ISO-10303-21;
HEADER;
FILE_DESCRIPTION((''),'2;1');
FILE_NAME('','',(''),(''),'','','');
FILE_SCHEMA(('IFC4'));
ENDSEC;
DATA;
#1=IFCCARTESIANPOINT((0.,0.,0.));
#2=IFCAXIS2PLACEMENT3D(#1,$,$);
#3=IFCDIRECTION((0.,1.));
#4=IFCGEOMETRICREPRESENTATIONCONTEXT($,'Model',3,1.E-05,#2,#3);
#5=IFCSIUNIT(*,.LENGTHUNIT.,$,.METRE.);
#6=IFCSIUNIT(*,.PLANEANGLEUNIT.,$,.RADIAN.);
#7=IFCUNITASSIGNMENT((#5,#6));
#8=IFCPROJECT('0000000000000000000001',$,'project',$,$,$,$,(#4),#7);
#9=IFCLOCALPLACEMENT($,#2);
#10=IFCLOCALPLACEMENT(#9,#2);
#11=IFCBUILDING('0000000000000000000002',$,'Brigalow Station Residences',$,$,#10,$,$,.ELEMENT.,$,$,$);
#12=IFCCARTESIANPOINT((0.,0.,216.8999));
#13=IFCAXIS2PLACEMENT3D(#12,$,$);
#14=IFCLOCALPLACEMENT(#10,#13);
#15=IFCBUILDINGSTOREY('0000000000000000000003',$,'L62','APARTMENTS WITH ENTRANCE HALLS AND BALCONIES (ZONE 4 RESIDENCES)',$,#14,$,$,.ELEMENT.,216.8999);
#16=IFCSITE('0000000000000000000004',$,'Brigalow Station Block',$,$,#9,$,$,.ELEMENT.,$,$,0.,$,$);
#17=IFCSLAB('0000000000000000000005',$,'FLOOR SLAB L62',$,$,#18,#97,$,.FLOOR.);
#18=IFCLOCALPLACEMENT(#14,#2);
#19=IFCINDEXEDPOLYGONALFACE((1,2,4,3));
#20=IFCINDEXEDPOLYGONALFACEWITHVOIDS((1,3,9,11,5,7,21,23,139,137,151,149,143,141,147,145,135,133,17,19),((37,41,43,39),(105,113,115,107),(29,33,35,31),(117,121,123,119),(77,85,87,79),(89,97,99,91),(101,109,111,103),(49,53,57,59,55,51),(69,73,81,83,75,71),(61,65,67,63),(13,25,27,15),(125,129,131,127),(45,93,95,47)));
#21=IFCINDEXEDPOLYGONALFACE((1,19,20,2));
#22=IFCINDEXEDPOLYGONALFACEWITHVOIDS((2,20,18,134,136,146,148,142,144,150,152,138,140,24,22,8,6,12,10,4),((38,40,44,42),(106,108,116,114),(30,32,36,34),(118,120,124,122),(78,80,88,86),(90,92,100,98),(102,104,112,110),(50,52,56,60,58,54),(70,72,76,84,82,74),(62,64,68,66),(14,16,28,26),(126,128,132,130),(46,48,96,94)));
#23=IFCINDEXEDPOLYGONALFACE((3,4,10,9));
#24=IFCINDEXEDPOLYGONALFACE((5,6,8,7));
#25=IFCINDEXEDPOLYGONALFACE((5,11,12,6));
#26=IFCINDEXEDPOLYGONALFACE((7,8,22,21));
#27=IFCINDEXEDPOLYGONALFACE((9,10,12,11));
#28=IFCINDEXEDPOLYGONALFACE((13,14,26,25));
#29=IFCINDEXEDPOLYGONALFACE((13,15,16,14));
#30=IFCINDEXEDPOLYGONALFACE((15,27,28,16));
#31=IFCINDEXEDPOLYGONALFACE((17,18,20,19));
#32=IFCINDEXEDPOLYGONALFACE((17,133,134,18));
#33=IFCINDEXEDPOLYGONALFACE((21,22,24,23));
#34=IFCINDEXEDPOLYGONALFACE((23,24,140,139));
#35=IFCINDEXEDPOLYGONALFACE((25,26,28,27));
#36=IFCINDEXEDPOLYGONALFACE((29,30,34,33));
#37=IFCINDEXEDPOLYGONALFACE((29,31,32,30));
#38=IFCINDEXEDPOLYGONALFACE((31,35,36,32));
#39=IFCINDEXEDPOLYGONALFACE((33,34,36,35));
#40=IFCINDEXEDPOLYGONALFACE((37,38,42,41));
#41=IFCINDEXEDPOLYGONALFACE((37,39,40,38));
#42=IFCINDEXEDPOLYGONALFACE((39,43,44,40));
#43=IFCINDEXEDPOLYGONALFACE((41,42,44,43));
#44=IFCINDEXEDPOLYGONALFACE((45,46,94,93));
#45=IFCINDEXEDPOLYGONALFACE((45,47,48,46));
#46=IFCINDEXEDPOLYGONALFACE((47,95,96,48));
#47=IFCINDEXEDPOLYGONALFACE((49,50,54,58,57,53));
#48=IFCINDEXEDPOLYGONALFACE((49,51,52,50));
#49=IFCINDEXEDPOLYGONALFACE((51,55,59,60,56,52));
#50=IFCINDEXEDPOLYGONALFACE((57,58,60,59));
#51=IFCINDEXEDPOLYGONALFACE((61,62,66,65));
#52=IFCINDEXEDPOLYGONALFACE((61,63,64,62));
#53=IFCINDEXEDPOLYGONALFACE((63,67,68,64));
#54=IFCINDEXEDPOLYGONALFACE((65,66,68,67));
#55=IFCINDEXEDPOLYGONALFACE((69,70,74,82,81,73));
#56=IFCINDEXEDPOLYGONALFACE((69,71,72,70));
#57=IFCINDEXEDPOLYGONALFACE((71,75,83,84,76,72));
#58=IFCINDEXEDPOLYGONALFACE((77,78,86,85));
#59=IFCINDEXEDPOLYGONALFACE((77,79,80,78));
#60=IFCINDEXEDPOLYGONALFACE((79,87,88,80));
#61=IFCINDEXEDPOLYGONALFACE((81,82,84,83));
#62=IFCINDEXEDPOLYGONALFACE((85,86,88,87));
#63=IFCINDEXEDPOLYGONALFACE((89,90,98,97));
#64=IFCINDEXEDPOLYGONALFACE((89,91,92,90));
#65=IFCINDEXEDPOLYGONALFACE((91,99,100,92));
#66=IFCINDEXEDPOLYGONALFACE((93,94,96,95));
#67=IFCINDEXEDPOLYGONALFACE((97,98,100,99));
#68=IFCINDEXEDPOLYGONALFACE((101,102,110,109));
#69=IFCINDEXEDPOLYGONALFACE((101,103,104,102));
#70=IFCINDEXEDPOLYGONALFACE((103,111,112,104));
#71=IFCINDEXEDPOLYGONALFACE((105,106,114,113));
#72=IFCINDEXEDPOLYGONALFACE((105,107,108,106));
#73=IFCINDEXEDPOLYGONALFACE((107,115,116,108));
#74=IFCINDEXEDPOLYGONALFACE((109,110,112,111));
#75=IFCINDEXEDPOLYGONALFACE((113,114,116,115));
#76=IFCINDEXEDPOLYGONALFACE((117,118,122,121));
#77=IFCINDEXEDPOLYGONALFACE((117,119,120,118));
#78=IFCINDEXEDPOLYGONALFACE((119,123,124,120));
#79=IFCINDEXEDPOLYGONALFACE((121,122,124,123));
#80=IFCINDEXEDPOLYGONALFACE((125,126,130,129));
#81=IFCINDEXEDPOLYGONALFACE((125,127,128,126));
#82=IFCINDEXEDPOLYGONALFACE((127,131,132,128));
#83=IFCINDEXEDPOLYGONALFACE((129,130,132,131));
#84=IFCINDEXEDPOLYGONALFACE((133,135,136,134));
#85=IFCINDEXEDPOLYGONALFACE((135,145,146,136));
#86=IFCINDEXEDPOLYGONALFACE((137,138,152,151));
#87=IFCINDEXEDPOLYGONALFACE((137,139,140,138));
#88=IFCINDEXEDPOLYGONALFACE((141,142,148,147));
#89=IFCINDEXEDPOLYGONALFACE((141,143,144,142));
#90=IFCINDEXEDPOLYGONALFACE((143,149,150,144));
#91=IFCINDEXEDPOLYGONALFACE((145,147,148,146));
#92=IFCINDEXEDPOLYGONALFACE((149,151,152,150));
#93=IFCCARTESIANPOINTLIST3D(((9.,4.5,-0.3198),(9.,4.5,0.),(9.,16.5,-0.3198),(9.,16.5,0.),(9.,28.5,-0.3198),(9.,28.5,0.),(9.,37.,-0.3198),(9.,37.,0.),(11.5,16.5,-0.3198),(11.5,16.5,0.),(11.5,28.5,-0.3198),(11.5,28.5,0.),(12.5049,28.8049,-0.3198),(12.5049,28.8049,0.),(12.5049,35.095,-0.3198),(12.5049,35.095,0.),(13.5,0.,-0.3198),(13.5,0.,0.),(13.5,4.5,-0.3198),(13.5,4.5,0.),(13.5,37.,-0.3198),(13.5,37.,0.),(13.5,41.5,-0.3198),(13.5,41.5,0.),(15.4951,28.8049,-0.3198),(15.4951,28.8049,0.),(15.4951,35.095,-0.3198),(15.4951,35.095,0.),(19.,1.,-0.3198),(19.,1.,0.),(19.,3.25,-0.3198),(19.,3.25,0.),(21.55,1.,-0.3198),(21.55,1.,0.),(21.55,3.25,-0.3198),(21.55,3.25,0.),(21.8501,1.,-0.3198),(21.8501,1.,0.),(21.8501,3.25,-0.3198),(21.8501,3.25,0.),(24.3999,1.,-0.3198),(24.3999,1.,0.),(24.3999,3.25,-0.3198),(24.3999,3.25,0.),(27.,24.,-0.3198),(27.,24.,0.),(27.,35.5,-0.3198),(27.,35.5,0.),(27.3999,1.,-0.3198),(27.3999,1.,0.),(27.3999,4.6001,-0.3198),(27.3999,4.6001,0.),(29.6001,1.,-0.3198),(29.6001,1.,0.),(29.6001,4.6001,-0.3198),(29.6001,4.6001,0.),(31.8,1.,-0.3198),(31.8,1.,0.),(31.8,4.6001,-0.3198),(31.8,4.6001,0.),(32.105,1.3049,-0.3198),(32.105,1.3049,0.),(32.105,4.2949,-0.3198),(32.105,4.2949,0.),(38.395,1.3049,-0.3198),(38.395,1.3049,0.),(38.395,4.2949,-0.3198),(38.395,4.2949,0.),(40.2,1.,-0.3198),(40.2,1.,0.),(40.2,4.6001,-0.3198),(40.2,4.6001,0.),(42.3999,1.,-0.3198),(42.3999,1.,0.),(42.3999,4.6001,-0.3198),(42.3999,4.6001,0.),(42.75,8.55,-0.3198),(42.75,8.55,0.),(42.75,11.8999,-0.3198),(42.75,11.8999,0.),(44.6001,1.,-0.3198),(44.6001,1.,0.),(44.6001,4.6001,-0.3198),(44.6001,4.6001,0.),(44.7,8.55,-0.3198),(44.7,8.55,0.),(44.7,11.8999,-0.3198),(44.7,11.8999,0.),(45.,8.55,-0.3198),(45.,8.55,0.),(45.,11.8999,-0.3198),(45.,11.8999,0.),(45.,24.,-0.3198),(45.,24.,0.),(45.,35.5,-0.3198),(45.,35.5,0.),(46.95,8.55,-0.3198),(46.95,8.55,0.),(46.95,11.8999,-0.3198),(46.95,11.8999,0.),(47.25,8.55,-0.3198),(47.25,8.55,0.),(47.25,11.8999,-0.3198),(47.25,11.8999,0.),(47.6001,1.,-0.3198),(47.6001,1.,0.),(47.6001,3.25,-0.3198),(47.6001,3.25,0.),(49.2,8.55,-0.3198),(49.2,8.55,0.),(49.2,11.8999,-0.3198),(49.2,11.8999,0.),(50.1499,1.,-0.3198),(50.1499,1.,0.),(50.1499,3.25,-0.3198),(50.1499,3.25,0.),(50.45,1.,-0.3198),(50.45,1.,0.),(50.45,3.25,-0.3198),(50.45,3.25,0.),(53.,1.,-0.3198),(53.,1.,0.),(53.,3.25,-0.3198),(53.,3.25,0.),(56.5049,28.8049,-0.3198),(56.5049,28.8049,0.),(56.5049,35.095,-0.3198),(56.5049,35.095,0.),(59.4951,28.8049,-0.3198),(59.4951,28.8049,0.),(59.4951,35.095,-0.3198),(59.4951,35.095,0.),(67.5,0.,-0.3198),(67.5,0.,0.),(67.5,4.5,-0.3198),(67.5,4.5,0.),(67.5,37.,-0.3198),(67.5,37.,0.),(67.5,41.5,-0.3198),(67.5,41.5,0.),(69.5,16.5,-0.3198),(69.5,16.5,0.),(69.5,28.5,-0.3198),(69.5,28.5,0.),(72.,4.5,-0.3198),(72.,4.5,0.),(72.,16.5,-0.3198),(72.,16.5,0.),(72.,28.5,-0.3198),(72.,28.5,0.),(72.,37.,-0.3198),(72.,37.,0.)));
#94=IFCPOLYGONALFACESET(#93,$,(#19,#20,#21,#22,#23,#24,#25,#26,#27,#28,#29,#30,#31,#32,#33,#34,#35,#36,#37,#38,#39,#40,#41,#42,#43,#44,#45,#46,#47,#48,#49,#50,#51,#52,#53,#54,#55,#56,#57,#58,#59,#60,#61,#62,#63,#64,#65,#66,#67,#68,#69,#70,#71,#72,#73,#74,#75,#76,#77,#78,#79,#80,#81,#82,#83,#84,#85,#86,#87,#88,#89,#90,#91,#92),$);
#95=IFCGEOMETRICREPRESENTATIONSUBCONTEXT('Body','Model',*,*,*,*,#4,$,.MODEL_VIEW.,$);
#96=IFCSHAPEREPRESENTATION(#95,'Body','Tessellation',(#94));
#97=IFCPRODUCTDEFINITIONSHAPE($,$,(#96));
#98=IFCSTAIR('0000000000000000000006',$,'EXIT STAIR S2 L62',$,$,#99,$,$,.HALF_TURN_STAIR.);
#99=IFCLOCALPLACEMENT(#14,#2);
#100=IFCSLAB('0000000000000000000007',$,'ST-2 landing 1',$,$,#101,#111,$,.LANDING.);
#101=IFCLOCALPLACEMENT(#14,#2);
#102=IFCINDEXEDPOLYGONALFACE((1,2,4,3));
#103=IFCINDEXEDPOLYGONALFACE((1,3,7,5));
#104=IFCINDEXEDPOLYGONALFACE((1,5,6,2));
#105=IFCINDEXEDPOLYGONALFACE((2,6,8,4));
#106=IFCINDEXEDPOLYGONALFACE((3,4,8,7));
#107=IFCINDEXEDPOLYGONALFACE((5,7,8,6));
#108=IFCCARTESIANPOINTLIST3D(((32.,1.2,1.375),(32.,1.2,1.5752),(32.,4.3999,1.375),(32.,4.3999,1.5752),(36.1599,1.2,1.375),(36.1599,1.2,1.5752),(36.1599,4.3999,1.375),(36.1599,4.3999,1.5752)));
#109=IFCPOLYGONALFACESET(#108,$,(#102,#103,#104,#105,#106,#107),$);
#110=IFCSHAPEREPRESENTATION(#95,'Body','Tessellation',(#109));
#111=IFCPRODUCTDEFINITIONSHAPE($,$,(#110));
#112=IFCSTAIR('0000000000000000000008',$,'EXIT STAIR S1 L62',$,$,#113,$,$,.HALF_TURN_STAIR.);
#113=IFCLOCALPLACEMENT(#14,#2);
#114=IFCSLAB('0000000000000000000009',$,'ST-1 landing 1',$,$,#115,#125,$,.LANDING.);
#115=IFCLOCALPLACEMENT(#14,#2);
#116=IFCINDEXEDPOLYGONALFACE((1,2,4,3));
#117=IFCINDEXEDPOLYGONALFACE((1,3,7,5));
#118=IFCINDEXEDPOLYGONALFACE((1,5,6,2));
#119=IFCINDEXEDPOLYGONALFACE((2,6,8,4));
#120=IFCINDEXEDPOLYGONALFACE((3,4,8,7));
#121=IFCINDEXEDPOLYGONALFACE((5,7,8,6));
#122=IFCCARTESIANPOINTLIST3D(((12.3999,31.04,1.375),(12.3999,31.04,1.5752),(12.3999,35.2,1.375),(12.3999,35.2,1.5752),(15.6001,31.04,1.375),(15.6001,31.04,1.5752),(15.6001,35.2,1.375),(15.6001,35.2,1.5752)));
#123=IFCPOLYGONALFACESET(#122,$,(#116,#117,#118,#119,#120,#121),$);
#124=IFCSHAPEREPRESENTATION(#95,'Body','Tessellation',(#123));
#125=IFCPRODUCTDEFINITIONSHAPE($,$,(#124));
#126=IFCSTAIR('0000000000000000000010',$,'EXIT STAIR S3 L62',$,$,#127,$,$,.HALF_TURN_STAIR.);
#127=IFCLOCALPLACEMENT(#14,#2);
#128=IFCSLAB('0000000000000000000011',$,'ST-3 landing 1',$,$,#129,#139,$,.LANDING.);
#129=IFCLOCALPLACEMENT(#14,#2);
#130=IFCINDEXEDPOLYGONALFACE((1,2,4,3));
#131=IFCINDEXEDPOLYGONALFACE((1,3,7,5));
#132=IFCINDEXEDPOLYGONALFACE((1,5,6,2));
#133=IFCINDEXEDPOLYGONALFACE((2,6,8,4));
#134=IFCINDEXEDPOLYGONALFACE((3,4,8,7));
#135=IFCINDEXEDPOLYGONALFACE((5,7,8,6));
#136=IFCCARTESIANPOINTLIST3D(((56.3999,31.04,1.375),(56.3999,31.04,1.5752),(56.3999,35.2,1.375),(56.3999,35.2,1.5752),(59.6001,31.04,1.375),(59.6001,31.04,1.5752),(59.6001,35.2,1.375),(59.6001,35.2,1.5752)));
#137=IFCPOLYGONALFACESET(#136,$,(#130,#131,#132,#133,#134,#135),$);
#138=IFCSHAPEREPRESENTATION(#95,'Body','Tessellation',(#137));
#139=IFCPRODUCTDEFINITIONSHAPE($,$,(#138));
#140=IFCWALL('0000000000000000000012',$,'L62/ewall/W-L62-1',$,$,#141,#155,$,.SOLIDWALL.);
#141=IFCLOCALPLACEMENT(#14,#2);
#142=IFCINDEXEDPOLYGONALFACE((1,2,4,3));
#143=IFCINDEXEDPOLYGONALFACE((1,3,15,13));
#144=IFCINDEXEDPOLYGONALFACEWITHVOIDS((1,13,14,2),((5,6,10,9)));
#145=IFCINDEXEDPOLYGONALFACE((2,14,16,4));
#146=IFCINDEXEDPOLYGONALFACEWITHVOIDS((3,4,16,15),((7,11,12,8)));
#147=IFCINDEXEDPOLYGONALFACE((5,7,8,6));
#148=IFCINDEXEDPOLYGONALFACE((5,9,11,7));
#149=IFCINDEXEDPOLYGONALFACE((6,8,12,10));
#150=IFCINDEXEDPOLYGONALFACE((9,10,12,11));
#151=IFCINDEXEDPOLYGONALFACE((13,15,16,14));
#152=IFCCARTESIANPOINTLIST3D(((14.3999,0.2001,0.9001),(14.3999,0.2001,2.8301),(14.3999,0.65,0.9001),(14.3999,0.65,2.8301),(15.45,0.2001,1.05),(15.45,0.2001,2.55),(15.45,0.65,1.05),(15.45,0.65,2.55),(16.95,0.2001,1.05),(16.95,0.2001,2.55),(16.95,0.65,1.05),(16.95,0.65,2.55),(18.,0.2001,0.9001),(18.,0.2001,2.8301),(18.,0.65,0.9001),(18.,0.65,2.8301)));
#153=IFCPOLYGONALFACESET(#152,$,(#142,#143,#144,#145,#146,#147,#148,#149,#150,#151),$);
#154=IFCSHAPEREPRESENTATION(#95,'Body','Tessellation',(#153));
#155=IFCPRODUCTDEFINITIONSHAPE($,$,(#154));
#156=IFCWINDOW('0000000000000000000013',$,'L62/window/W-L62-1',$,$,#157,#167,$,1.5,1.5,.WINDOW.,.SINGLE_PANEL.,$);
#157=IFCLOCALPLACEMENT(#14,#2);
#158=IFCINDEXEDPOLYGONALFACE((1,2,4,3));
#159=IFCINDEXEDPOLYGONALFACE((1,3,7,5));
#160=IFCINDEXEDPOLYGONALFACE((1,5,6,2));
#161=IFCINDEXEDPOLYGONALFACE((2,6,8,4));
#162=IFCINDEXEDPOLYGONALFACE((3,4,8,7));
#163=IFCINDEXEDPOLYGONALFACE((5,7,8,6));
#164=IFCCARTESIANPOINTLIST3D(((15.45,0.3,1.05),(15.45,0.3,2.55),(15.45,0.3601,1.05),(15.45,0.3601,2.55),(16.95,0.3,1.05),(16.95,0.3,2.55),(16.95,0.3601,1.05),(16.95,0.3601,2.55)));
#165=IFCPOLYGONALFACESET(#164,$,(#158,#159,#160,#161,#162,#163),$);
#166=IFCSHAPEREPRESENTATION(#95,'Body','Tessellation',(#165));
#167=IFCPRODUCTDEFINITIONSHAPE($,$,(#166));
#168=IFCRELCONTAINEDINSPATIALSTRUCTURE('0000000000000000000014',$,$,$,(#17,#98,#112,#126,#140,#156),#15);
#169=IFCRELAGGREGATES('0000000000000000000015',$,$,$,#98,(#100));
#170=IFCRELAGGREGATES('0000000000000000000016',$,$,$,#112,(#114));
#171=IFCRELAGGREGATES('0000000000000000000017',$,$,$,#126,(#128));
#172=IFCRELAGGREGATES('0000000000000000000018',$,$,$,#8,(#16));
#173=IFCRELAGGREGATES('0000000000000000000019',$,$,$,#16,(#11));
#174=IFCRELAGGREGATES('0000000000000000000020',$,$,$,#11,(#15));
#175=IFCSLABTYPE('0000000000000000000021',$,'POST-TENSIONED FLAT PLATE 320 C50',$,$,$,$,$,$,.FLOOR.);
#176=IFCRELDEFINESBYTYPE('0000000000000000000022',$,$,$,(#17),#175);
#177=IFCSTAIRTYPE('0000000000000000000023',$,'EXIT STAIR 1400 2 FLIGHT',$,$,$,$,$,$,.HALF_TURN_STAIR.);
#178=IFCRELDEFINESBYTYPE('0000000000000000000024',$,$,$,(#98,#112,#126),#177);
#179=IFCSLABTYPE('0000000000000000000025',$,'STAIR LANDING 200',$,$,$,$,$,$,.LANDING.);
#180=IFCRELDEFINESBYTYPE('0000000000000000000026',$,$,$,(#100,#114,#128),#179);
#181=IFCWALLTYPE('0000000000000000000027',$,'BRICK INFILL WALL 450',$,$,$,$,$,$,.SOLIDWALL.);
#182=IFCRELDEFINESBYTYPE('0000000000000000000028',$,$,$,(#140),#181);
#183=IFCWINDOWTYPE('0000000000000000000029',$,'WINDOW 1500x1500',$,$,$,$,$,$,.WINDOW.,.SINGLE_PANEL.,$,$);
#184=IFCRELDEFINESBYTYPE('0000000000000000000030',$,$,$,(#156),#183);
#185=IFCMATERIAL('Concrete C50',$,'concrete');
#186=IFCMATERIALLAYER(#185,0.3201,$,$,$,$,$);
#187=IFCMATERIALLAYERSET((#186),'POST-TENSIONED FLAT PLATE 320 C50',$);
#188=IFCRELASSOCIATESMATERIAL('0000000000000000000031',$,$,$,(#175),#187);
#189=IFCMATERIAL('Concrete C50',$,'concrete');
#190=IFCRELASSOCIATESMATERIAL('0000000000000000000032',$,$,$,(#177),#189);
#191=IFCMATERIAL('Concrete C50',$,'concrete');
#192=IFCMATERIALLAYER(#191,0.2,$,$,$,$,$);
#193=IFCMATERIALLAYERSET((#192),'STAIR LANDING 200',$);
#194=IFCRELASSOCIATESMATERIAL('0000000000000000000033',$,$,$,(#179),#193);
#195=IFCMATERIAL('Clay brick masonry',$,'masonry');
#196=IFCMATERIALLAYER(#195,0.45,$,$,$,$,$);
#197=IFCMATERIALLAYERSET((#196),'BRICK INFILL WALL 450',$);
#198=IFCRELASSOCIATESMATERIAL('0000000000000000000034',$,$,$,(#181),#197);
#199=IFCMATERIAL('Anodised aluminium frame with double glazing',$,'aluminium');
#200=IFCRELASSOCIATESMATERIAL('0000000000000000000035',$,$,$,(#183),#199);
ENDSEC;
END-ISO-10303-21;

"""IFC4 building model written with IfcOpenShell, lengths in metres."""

from ifc_helpers import new_model, si_unit, direction, frame, frame_2d, origin, place, context, subcontext, project, spatial, polyline, rectangle, outline, extrude, material, layer, layer_set, type_object, element, fill, aggregate, save


model = new_model("IFC4")

# Units and contexts
model_context = context("Model", 3, precision=1e-05, world=origin(), true_north=direction((0.0, 1.0)))
body_context = subcontext(model_context, "Body", "Model", "MODEL_VIEW")
ifc_project = project(units=[si_unit("LENGTHUNIT", "METRE"), si_unit("PLANEANGLEUNIT", "RADIAN")], contexts=[model_context])

# Site, building, storey
site_placement = place(None, origin())
site = spatial("IfcSite", under=ifc_project, at=site_placement, Name="Brigalow Station Block", CompositionType="ELEMENT", RefElevation=0.0)
building_placement = place(site_placement, origin())
building = spatial("IfcBuilding", under=site, at=building_placement, Name="Brigalow Station Residences", CompositionType="ELEMENT")
storey_placement = place(building_placement, frame((0.0, 0.0, 216.8999)))
storey = spatial("IfcBuildingStorey", under=building, at=storey_placement, Name="L62", Description="APARTMENTS WITH ENTRANCE HALLS AND BALCONIES (ZONE 4 RESIDENCES)", CompositionType="ELEMENT", Elevation=216.8999)

# Slab
ifc_material_1 = material(Name="Concrete C50", Category="concrete")
ifc_layer_1 = layer(ifc_material_1, 0.3201)
ifc_layer_set_1 = layer_set([ifc_layer_1], Name="POST-TENSIONED FLAT PLATE 320 C50")
slab_type_1 = type_object("IfcSlabType", Name="POST-TENSIONED FLAT PLATE 320 C50", PredefinedType="FLOOR", material=ifc_layer_set_1)
slab_1_placement = place(storey_placement, frame((0.0, 0.0, -0.3198)))
element("IfcSlab", 1, at=slab_1_placement, inside=storey, type_object=slab_type_1, Name="FLOOR SLAB L62", PredefinedType="FLOOR", context=body_context, shape_type="SweptSolid", body=[
    extrude(outline(polyline([(13.5, 0.0), (67.5, 0.0), (67.5, 4.5), (72.0, 4.5), (72.0, 16.5), (69.5, 16.5), (69.5, 28.5), (72.0, 28.5), (72.0, 37.0), (67.5, 37.0), (67.5, 41.5), (13.5, 41.5), (13.5, 37.0), (9.0, 37.0), (9.0, 28.5), (11.5, 28.5), (11.5, 16.5), (9.0, 16.5), (9.0, 4.5), (13.5, 4.5), (13.5, 0.0)]), holes=[polyline([(12.5049, 35.095), (15.4951, 35.095), (15.4951, 28.8049), (12.5049, 28.8049), (12.5049, 35.095)]), polyline([(19.0, 1.0), (19.0, 3.25), (21.55, 3.25), (21.55, 1.0), (19.0, 1.0)]), polyline([(21.8501, 3.25), (24.3999, 3.25), (24.3999, 1.0), (21.8501, 1.0), (21.8501, 3.25)]), polyline([(27.0, 35.5), (45.0, 35.5), (45.0, 24.0), (27.0, 24.0), (27.0, 35.5)]), polyline([(29.6001, 4.6001), (31.8, 4.6001), (31.8, 1.0), (29.6001, 1.0), (27.3999, 1.0), (27.3999, 4.6001), (29.6001, 4.6001)]), polyline([(32.105, 4.2949), (38.395, 4.2949), (38.395, 1.3049), (32.105, 1.3049), (32.105, 4.2949)]), polyline([(40.2, 4.6001), (42.3999, 4.6001), (44.6001, 4.6001), (44.6001, 1.0), (42.3999, 1.0), (40.2, 1.0), (40.2, 4.6001)]), polyline([(42.75, 11.8999), (44.7, 11.8999), (44.7, 8.55), (42.75, 8.55), (42.75, 11.8999)]), polyline([(45.0, 11.8999), (46.95, 11.8999), (46.95, 8.55), (45.0, 8.55), (45.0, 11.8999)]), polyline([(47.25, 11.8999), (49.2, 11.8999), (49.2, 8.55), (47.25, 8.55), (47.25, 11.8999)]), polyline([(47.6001, 3.25), (50.1499, 3.25), (50.1499, 1.0), (47.6001, 1.0), (47.6001, 3.25)]), polyline([(50.45, 3.25), (53.0, 3.25), (53.0, 1.0), (50.45, 1.0), (50.45, 3.25)]), polyline([(56.5049, 35.095), (59.4951, 35.095), (59.4951, 28.8049), (56.5049, 28.8049), (56.5049, 35.095)])]), origin(), (0.0, 0.0, 1.0), 0.3198),
])

# Stairs, slabs
ifc_material_2 = material(Name="Concrete C50", Category="concrete")
stair_type = type_object("IfcStairType", Name="EXIT STAIR 1400 2 FLIGHT", PredefinedType="HALF_TURN_STAIR", material=ifc_material_2)
stair_1_placement = place(storey_placement, origin())
stair_1 = element("IfcStair", 2, at=stair_1_placement, inside=storey, type_object=stair_type, Name="EXIT STAIR S2 L62", PredefinedType="HALF_TURN_STAIR")
ifc_material_3 = material(Name="Concrete C50", Category="concrete")
ifc_layer_2 = layer(ifc_material_3, 0.2)
ifc_layer_set_2 = layer_set([ifc_layer_2], Name="STAIR LANDING 200")
slab_type_2 = type_object("IfcSlabType", Name="STAIR LANDING 200", PredefinedType="LANDING", material=ifc_layer_set_2)
slab_2_placement = place(storey_placement, frame((0.0, 0.0, 1.375)))
slab_2 = element("IfcSlab", 3, at=slab_2_placement, type_object=slab_type_2, Name="ST-2 landing 1", PredefinedType="LANDING", context=body_context, shape_type="SweptSolid", body=[
    extrude(outline(polyline([(32.0, 1.2), (36.1599, 1.2), (36.1599, 4.3999), (32.0, 4.3999), (32.0, 1.2)])), origin(), (0.0, 0.0, 1.0), 0.2002),
])
aggregate(stair_1, [slab_2])
stair_2_placement = place(storey_placement, origin())
stair_2 = element("IfcStair", 4, at=stair_2_placement, inside=storey, type_object=stair_type, Name="EXIT STAIR S1 L62", PredefinedType="HALF_TURN_STAIR")
slab_3_placement = place(storey_placement, frame((0.0, 0.0, 1.375)))
slab_3 = element("IfcSlab", 5, at=slab_3_placement, type_object=slab_type_2, Name="ST-1 landing 1", PredefinedType="LANDING", context=body_context, shape_type="SweptSolid", body=[
    extrude(outline(polyline([(12.3999, 31.04), (15.6001, 31.04), (15.6001, 35.2), (12.3999, 35.2), (12.3999, 31.04)])), origin(), (0.0, 0.0, 1.0), 0.2002),
])
aggregate(stair_2, [slab_3])
stair_3_placement = place(storey_placement, origin())
stair_3 = element("IfcStair", 6, at=stair_3_placement, inside=storey, type_object=stair_type, Name="EXIT STAIR S3 L62", PredefinedType="HALF_TURN_STAIR")
slab_4_placement = place(storey_placement, frame((0.0, 0.0, 1.375)))
slab_4 = element("IfcSlab", 7, at=slab_4_placement, type_object=slab_type_2, Name="ST-3 landing 1", PredefinedType="LANDING", context=body_context, shape_type="SweptSolid", body=[
    extrude(outline(polyline([(56.3999, 31.04), (59.6001, 31.04), (59.6001, 35.2), (56.3999, 35.2), (56.3999, 31.04)])), origin(), (0.0, 0.0, 1.0), 0.2002),
])
aggregate(stair_3, [slab_4])

# Wall, opening, window
ifc_material_4 = material(Name="Clay brick masonry", Category="masonry")
ifc_layer_3 = layer(ifc_material_4, 0.45)
ifc_layer_set_3 = layer_set([ifc_layer_3], Name="BRICK INFILL WALL 450")
wall_type_1 = type_object("IfcWallType", Name="BRICK INFILL WALL 450", PredefinedType="SOLIDWALL", material=ifc_layer_set_3)
wall_1_placement = place(storey_placement, frame((14.3999, 0.425, 0.9001), z_axis=(0.0, 0.0, 1.0), x_axis=(1.0, 0.0, 0.0)))
wall_1 = element("IfcWall", 8, at=wall_1_placement, inside=storey, type_object=wall_type_1, Name="L62/ewall/W-L62-1", PredefinedType="SOLIDWALL", context=body_context, shape_type="SweptSolid", body=[
    extrude(rectangle(XDim=3.6001, YDim=0.45, at=frame_2d((1.8, 0.0))), origin(), (0.0, 0.0, 1.0), 1.9299),
])
opening_1_placement = place(wall_1_placement, frame((1.05, 0.0, 0.1499)))
opening_1 = element("IfcOpeningElement", 9, at=opening_1_placement, cuts=wall_1, PredefinedType="OPENING", context=body_context, shape_type="SweptSolid", body=[
    extrude(rectangle(XDim=1.5, YDim=1.5, at=frame_2d((0.75, 0.75))), frame((0.0, 0.2349, 0.0), z_axis=(0.0, -1.0, 0.0), x_axis=(1.0, 0.0, 0.0)), (0.0, 0.0, 1.0), 0.47),
])
ifc_material_5 = material(Name="Anodised aluminium frame with double glazing", Category="aluminium")
window_type_1 = type_object("IfcWindowType", Name="WINDOW 1500x1500", PartitioningType="SINGLE_PANEL", PredefinedType="WINDOW", material=ifc_material_5)
window_1_placement = place(opening_1_placement, origin())
window_1 = element("IfcWindow", 10, at=window_1_placement, inside=storey, type_object=window_type_1, Name="L62/window/W-L62-1", OverallHeight=1.5, OverallWidth=1.5, PartitioningType="SINGLE_PANEL", PredefinedType="WINDOW", context=body_context, shape_type="SweptSolid", body=[
    extrude(rectangle(XDim=1.5, YDim=1.5, at=frame_2d((0.75, 0.75))), frame((0.0, -0.0649, 0.0), z_axis=(0.0, -1.0, 0.0), x_axis=(1.0, 0.0, 0.0)), (0.0, 0.0, 1.0), 0.0601),
])
fill(opening_1, window_1)

save(model, "model.ifc")
